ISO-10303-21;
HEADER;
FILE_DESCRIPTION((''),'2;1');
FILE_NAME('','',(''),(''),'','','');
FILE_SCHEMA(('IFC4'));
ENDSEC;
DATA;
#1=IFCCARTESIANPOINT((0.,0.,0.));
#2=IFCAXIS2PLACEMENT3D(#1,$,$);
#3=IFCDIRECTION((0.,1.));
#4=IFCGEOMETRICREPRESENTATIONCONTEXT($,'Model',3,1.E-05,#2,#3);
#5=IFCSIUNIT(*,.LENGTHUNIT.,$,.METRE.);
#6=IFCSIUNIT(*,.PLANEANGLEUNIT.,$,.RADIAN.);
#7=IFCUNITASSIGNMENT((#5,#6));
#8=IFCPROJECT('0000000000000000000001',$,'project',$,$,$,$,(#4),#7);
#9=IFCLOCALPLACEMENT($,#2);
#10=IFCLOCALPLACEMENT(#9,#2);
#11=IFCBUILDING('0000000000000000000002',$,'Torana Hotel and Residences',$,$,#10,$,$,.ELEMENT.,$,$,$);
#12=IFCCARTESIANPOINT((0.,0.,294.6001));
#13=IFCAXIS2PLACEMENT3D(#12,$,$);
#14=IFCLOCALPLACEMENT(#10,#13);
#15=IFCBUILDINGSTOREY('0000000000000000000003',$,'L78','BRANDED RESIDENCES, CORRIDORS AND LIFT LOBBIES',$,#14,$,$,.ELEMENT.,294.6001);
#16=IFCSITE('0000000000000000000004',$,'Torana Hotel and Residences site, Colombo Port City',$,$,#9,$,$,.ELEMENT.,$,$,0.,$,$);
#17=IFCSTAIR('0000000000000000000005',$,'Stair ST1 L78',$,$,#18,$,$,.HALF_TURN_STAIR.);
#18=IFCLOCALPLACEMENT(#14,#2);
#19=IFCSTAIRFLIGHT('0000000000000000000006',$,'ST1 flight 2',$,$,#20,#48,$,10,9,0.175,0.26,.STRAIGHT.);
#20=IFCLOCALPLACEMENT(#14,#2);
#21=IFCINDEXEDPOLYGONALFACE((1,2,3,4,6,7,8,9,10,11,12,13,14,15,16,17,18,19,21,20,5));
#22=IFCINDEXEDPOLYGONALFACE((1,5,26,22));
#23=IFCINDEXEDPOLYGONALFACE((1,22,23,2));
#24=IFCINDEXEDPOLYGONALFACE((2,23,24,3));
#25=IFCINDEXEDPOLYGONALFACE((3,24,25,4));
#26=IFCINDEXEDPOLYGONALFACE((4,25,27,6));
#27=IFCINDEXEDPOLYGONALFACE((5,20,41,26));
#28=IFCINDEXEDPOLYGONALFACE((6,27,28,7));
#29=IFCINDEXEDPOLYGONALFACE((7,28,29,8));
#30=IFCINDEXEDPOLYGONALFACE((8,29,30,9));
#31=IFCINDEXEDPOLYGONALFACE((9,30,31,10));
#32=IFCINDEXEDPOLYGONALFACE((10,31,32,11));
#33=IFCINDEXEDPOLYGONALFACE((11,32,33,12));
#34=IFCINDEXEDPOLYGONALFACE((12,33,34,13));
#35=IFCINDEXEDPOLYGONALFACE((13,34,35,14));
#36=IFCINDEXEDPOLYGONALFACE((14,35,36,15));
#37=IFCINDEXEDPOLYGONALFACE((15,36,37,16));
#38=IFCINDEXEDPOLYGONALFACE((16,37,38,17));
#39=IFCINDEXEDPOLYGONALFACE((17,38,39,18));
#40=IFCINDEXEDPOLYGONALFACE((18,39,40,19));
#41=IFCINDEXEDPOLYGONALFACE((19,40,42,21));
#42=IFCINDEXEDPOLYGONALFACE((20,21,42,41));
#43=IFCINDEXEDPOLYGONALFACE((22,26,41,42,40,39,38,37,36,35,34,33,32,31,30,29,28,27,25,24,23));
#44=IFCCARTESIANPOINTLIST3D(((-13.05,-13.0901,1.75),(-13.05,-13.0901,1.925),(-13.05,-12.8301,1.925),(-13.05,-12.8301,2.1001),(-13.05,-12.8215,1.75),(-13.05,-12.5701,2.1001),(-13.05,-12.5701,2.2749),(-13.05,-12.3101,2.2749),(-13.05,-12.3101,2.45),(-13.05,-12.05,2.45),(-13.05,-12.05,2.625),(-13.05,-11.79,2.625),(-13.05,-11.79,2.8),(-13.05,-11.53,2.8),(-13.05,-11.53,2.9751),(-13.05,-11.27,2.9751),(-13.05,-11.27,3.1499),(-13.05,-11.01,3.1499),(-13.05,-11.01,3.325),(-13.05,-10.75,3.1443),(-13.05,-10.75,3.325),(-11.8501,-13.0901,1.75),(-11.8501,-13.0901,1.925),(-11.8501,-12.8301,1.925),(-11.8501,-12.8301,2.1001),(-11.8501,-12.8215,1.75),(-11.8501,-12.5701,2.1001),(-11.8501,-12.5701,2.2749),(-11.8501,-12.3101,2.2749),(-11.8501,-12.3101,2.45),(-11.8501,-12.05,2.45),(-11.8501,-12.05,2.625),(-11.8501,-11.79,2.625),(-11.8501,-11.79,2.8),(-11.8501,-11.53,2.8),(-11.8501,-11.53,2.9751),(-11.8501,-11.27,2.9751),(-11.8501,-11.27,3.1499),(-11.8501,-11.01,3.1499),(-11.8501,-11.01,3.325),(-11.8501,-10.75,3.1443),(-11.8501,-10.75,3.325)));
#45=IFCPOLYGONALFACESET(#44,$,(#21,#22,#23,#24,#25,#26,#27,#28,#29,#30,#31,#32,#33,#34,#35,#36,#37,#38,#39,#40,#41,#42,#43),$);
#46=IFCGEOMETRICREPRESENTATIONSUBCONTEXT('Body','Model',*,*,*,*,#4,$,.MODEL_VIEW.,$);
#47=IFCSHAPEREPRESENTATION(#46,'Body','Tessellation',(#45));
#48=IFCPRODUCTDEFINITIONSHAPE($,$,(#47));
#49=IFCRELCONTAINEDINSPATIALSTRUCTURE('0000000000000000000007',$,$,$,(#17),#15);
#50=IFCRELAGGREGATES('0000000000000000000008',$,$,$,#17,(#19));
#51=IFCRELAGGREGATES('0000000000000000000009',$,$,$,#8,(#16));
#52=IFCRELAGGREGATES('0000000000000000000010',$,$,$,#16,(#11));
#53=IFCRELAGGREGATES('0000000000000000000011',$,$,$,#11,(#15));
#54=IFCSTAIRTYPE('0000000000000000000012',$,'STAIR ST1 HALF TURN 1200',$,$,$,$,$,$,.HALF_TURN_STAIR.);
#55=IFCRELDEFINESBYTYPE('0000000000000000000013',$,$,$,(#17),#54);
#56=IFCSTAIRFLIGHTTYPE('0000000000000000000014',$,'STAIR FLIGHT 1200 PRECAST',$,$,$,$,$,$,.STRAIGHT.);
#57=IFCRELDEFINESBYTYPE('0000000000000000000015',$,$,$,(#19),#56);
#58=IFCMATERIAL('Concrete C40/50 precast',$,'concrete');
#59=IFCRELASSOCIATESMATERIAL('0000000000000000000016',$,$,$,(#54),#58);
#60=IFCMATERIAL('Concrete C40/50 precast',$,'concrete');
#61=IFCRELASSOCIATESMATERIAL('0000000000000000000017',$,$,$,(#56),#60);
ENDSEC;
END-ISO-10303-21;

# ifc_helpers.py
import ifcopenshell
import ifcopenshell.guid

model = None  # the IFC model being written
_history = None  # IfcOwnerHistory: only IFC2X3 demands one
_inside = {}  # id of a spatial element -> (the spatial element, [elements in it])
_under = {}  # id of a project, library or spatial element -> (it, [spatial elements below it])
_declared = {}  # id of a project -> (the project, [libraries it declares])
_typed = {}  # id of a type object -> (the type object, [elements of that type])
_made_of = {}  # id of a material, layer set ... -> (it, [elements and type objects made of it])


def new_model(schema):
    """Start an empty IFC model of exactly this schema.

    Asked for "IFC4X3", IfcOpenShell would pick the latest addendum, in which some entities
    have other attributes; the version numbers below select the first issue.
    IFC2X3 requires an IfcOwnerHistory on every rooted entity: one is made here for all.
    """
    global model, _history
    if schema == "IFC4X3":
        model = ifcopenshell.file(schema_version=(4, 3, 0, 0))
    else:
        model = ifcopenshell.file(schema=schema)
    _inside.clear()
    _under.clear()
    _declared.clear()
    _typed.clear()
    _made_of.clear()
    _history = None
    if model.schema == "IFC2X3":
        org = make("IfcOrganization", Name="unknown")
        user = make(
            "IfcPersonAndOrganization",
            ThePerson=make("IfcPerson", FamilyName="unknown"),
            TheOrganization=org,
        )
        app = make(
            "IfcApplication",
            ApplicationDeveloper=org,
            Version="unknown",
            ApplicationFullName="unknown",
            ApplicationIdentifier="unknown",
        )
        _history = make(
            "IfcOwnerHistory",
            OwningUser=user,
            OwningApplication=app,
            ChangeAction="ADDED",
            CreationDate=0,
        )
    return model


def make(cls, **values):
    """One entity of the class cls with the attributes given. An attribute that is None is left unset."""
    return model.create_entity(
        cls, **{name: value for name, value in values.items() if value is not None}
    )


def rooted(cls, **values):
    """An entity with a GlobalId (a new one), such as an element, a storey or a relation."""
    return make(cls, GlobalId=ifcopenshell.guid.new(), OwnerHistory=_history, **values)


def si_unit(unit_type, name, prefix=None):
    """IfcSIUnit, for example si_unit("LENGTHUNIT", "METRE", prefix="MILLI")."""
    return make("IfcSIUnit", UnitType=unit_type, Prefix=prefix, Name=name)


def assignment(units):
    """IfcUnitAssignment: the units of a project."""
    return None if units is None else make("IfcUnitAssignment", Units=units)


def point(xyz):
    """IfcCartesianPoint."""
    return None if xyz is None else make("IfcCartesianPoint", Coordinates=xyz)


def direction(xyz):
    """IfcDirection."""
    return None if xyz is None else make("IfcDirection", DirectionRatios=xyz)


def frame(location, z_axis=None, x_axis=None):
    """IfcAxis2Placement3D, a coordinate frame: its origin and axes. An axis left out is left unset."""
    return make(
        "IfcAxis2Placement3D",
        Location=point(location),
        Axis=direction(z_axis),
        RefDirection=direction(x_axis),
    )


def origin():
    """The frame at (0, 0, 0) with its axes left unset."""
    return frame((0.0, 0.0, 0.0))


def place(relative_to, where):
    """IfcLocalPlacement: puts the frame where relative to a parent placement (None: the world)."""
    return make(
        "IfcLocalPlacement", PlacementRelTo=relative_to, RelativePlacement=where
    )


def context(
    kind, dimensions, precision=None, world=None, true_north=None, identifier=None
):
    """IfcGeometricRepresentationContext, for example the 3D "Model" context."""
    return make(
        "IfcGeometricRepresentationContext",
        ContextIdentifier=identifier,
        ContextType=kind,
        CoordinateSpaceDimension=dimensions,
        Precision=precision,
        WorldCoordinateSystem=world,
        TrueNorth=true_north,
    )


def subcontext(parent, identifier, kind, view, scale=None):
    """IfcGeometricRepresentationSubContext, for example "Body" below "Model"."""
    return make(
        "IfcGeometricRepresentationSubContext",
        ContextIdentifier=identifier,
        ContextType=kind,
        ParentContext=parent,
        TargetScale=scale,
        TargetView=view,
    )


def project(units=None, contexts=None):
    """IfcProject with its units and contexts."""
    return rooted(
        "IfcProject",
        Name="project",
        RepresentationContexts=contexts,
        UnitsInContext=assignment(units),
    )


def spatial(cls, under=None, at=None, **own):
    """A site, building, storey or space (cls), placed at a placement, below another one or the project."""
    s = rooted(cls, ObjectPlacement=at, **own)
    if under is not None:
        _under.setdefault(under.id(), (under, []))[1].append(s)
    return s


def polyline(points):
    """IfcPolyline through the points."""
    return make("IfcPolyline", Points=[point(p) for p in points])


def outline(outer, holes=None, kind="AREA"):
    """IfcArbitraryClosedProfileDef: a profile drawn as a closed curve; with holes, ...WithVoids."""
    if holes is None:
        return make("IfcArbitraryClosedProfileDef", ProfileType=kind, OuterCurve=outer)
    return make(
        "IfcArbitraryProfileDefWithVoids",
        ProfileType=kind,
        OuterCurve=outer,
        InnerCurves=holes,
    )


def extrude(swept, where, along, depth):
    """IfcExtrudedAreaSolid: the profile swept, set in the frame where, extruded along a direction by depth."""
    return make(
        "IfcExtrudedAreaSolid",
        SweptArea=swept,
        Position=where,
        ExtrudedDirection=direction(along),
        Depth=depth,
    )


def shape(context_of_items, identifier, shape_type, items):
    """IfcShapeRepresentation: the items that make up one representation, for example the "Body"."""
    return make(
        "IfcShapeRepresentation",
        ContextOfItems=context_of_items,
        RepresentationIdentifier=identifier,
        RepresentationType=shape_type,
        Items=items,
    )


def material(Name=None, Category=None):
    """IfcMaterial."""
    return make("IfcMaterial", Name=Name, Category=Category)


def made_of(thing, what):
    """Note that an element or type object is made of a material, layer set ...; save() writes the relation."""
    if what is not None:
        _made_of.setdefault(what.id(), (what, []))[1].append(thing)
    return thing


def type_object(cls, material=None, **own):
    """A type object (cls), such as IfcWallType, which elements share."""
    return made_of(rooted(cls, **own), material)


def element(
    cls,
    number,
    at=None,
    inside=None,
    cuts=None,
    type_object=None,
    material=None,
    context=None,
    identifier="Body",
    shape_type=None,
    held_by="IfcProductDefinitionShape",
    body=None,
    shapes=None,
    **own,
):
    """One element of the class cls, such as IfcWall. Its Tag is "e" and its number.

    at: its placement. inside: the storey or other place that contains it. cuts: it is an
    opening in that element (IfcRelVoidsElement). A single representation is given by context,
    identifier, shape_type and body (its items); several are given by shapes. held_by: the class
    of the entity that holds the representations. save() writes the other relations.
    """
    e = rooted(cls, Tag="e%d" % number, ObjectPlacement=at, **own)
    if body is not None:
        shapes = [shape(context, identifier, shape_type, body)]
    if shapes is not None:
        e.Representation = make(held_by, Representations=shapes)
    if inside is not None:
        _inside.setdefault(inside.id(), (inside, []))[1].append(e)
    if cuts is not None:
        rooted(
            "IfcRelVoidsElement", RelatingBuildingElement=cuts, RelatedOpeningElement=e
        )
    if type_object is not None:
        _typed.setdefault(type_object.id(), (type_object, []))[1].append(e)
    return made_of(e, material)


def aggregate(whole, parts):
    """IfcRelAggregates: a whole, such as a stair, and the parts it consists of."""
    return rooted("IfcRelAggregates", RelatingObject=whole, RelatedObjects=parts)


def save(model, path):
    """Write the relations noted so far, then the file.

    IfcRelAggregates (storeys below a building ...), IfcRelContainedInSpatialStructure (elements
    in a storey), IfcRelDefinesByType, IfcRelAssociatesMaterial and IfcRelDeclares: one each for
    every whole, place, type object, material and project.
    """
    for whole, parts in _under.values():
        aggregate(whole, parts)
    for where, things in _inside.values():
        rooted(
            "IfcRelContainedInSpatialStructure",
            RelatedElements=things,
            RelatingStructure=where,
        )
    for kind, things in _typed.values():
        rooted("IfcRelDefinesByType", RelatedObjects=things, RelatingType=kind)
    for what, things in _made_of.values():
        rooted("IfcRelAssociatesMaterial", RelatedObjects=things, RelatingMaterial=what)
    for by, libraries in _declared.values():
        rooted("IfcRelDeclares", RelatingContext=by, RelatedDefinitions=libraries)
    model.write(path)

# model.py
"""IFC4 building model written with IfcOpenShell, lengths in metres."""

from ifc_helpers import new_model, si_unit, direction, frame, origin, place, context, subcontext, project, spatial, polyline, outline, extrude, material, type_object, element, aggregate, save


model = new_model("IFC4")

# Units and contexts
model_context = context("Model", 3, precision=1e-05, world=origin(), true_north=direction((0.0, 1.0)))
body_context = subcontext(model_context, "Body", "Model", "MODEL_VIEW")
ifc_project = project(units=[si_unit("LENGTHUNIT", "METRE"), si_unit("PLANEANGLEUNIT", "RADIAN")], contexts=[model_context])

# Site, building, storey
site_placement = place(None, origin())
site = spatial("IfcSite", under=ifc_project, at=site_placement, Name="Torana Hotel and Residences site, Colombo Port City", CompositionType="ELEMENT", RefElevation=0.0)
building_placement = place(site_placement, origin())
building = spatial("IfcBuilding", under=site, at=building_placement, Name="Torana Hotel and Residences", CompositionType="ELEMENT")
storey_placement = place(building_placement, frame((0.0, 0.0, 294.6001)))
storey = spatial("IfcBuildingStorey", under=building, at=storey_placement, Name="L78", Description="BRANDED RESIDENCES, CORRIDORS AND LIFT LOBBIES", CompositionType="ELEMENT", Elevation=294.6001)

# Stair, stair flight
ifc_material_1 = material(Name="Concrete C40/50 precast", Category="concrete")
stair_type = type_object("IfcStairType", Name="STAIR ST1 HALF TURN 1200", PredefinedType="HALF_TURN_STAIR", material=ifc_material_1)
stair_placement = place(storey_placement, origin())
stair = element("IfcStair", 1, at=stair_placement, inside=storey, type_object=stair_type, Name="Stair ST1 L78", PredefinedType="HALF_TURN_STAIR")
ifc_material_2 = material(Name="Concrete C40/50 precast", Category="concrete")
stair_flight_type = type_object("IfcStairFlightType", Name="STAIR FLIGHT 1200 PRECAST", PredefinedType="STRAIGHT", material=ifc_material_2)
stair_flight_1_placement = place(storey_placement, frame((-12.45, -13.0901, 1.75), z_axis=(0.0, 0.0, 1.0), x_axis=(0.0, 1.0, 0.0)))
stair_flight_1 = element("IfcStairFlight", 2, at=stair_flight_1_placement, type_object=stair_flight_type, Name="ST1 flight 2", NumberOfRisers=10, NumberOfTreads=9, PredefinedType="STRAIGHT", RiserHeight=0.175, TreadLength=0.26, context=body_context, shape_type="SweptSolid", body=[
    extrude(outline(polyline([(0.0, 0.0), (0.0, 0.175), (0.26, 0.175), (0.26, 0.3501), (0.52, 0.3501), (0.52, 0.5249), (0.78, 0.5249), (0.78, 0.7), (1.04, 0.7), (1.04, 0.875), (1.3, 0.875), (1.3, 1.05), (1.5601, 1.05), (1.5601, 1.2251), (1.8201, 1.2251), (1.8201, 1.3999), (2.0801, 1.3999), (2.0801, 1.575), (2.3401, 1.575), (2.3401, 1.75), (2.3401, 1.3943), (0.2686, 0.0), (0.0, 0.0)])), frame((0.0, 0.6001, 0.0), z_axis=(0.0, -1.0, 0.0), x_axis=(1.0, 0.0, 0.0)), (0.0, 0.0, 1.0), 1.2),
])
aggregate(stair, [stair_flight_1])

save(model, "model.ifc")
